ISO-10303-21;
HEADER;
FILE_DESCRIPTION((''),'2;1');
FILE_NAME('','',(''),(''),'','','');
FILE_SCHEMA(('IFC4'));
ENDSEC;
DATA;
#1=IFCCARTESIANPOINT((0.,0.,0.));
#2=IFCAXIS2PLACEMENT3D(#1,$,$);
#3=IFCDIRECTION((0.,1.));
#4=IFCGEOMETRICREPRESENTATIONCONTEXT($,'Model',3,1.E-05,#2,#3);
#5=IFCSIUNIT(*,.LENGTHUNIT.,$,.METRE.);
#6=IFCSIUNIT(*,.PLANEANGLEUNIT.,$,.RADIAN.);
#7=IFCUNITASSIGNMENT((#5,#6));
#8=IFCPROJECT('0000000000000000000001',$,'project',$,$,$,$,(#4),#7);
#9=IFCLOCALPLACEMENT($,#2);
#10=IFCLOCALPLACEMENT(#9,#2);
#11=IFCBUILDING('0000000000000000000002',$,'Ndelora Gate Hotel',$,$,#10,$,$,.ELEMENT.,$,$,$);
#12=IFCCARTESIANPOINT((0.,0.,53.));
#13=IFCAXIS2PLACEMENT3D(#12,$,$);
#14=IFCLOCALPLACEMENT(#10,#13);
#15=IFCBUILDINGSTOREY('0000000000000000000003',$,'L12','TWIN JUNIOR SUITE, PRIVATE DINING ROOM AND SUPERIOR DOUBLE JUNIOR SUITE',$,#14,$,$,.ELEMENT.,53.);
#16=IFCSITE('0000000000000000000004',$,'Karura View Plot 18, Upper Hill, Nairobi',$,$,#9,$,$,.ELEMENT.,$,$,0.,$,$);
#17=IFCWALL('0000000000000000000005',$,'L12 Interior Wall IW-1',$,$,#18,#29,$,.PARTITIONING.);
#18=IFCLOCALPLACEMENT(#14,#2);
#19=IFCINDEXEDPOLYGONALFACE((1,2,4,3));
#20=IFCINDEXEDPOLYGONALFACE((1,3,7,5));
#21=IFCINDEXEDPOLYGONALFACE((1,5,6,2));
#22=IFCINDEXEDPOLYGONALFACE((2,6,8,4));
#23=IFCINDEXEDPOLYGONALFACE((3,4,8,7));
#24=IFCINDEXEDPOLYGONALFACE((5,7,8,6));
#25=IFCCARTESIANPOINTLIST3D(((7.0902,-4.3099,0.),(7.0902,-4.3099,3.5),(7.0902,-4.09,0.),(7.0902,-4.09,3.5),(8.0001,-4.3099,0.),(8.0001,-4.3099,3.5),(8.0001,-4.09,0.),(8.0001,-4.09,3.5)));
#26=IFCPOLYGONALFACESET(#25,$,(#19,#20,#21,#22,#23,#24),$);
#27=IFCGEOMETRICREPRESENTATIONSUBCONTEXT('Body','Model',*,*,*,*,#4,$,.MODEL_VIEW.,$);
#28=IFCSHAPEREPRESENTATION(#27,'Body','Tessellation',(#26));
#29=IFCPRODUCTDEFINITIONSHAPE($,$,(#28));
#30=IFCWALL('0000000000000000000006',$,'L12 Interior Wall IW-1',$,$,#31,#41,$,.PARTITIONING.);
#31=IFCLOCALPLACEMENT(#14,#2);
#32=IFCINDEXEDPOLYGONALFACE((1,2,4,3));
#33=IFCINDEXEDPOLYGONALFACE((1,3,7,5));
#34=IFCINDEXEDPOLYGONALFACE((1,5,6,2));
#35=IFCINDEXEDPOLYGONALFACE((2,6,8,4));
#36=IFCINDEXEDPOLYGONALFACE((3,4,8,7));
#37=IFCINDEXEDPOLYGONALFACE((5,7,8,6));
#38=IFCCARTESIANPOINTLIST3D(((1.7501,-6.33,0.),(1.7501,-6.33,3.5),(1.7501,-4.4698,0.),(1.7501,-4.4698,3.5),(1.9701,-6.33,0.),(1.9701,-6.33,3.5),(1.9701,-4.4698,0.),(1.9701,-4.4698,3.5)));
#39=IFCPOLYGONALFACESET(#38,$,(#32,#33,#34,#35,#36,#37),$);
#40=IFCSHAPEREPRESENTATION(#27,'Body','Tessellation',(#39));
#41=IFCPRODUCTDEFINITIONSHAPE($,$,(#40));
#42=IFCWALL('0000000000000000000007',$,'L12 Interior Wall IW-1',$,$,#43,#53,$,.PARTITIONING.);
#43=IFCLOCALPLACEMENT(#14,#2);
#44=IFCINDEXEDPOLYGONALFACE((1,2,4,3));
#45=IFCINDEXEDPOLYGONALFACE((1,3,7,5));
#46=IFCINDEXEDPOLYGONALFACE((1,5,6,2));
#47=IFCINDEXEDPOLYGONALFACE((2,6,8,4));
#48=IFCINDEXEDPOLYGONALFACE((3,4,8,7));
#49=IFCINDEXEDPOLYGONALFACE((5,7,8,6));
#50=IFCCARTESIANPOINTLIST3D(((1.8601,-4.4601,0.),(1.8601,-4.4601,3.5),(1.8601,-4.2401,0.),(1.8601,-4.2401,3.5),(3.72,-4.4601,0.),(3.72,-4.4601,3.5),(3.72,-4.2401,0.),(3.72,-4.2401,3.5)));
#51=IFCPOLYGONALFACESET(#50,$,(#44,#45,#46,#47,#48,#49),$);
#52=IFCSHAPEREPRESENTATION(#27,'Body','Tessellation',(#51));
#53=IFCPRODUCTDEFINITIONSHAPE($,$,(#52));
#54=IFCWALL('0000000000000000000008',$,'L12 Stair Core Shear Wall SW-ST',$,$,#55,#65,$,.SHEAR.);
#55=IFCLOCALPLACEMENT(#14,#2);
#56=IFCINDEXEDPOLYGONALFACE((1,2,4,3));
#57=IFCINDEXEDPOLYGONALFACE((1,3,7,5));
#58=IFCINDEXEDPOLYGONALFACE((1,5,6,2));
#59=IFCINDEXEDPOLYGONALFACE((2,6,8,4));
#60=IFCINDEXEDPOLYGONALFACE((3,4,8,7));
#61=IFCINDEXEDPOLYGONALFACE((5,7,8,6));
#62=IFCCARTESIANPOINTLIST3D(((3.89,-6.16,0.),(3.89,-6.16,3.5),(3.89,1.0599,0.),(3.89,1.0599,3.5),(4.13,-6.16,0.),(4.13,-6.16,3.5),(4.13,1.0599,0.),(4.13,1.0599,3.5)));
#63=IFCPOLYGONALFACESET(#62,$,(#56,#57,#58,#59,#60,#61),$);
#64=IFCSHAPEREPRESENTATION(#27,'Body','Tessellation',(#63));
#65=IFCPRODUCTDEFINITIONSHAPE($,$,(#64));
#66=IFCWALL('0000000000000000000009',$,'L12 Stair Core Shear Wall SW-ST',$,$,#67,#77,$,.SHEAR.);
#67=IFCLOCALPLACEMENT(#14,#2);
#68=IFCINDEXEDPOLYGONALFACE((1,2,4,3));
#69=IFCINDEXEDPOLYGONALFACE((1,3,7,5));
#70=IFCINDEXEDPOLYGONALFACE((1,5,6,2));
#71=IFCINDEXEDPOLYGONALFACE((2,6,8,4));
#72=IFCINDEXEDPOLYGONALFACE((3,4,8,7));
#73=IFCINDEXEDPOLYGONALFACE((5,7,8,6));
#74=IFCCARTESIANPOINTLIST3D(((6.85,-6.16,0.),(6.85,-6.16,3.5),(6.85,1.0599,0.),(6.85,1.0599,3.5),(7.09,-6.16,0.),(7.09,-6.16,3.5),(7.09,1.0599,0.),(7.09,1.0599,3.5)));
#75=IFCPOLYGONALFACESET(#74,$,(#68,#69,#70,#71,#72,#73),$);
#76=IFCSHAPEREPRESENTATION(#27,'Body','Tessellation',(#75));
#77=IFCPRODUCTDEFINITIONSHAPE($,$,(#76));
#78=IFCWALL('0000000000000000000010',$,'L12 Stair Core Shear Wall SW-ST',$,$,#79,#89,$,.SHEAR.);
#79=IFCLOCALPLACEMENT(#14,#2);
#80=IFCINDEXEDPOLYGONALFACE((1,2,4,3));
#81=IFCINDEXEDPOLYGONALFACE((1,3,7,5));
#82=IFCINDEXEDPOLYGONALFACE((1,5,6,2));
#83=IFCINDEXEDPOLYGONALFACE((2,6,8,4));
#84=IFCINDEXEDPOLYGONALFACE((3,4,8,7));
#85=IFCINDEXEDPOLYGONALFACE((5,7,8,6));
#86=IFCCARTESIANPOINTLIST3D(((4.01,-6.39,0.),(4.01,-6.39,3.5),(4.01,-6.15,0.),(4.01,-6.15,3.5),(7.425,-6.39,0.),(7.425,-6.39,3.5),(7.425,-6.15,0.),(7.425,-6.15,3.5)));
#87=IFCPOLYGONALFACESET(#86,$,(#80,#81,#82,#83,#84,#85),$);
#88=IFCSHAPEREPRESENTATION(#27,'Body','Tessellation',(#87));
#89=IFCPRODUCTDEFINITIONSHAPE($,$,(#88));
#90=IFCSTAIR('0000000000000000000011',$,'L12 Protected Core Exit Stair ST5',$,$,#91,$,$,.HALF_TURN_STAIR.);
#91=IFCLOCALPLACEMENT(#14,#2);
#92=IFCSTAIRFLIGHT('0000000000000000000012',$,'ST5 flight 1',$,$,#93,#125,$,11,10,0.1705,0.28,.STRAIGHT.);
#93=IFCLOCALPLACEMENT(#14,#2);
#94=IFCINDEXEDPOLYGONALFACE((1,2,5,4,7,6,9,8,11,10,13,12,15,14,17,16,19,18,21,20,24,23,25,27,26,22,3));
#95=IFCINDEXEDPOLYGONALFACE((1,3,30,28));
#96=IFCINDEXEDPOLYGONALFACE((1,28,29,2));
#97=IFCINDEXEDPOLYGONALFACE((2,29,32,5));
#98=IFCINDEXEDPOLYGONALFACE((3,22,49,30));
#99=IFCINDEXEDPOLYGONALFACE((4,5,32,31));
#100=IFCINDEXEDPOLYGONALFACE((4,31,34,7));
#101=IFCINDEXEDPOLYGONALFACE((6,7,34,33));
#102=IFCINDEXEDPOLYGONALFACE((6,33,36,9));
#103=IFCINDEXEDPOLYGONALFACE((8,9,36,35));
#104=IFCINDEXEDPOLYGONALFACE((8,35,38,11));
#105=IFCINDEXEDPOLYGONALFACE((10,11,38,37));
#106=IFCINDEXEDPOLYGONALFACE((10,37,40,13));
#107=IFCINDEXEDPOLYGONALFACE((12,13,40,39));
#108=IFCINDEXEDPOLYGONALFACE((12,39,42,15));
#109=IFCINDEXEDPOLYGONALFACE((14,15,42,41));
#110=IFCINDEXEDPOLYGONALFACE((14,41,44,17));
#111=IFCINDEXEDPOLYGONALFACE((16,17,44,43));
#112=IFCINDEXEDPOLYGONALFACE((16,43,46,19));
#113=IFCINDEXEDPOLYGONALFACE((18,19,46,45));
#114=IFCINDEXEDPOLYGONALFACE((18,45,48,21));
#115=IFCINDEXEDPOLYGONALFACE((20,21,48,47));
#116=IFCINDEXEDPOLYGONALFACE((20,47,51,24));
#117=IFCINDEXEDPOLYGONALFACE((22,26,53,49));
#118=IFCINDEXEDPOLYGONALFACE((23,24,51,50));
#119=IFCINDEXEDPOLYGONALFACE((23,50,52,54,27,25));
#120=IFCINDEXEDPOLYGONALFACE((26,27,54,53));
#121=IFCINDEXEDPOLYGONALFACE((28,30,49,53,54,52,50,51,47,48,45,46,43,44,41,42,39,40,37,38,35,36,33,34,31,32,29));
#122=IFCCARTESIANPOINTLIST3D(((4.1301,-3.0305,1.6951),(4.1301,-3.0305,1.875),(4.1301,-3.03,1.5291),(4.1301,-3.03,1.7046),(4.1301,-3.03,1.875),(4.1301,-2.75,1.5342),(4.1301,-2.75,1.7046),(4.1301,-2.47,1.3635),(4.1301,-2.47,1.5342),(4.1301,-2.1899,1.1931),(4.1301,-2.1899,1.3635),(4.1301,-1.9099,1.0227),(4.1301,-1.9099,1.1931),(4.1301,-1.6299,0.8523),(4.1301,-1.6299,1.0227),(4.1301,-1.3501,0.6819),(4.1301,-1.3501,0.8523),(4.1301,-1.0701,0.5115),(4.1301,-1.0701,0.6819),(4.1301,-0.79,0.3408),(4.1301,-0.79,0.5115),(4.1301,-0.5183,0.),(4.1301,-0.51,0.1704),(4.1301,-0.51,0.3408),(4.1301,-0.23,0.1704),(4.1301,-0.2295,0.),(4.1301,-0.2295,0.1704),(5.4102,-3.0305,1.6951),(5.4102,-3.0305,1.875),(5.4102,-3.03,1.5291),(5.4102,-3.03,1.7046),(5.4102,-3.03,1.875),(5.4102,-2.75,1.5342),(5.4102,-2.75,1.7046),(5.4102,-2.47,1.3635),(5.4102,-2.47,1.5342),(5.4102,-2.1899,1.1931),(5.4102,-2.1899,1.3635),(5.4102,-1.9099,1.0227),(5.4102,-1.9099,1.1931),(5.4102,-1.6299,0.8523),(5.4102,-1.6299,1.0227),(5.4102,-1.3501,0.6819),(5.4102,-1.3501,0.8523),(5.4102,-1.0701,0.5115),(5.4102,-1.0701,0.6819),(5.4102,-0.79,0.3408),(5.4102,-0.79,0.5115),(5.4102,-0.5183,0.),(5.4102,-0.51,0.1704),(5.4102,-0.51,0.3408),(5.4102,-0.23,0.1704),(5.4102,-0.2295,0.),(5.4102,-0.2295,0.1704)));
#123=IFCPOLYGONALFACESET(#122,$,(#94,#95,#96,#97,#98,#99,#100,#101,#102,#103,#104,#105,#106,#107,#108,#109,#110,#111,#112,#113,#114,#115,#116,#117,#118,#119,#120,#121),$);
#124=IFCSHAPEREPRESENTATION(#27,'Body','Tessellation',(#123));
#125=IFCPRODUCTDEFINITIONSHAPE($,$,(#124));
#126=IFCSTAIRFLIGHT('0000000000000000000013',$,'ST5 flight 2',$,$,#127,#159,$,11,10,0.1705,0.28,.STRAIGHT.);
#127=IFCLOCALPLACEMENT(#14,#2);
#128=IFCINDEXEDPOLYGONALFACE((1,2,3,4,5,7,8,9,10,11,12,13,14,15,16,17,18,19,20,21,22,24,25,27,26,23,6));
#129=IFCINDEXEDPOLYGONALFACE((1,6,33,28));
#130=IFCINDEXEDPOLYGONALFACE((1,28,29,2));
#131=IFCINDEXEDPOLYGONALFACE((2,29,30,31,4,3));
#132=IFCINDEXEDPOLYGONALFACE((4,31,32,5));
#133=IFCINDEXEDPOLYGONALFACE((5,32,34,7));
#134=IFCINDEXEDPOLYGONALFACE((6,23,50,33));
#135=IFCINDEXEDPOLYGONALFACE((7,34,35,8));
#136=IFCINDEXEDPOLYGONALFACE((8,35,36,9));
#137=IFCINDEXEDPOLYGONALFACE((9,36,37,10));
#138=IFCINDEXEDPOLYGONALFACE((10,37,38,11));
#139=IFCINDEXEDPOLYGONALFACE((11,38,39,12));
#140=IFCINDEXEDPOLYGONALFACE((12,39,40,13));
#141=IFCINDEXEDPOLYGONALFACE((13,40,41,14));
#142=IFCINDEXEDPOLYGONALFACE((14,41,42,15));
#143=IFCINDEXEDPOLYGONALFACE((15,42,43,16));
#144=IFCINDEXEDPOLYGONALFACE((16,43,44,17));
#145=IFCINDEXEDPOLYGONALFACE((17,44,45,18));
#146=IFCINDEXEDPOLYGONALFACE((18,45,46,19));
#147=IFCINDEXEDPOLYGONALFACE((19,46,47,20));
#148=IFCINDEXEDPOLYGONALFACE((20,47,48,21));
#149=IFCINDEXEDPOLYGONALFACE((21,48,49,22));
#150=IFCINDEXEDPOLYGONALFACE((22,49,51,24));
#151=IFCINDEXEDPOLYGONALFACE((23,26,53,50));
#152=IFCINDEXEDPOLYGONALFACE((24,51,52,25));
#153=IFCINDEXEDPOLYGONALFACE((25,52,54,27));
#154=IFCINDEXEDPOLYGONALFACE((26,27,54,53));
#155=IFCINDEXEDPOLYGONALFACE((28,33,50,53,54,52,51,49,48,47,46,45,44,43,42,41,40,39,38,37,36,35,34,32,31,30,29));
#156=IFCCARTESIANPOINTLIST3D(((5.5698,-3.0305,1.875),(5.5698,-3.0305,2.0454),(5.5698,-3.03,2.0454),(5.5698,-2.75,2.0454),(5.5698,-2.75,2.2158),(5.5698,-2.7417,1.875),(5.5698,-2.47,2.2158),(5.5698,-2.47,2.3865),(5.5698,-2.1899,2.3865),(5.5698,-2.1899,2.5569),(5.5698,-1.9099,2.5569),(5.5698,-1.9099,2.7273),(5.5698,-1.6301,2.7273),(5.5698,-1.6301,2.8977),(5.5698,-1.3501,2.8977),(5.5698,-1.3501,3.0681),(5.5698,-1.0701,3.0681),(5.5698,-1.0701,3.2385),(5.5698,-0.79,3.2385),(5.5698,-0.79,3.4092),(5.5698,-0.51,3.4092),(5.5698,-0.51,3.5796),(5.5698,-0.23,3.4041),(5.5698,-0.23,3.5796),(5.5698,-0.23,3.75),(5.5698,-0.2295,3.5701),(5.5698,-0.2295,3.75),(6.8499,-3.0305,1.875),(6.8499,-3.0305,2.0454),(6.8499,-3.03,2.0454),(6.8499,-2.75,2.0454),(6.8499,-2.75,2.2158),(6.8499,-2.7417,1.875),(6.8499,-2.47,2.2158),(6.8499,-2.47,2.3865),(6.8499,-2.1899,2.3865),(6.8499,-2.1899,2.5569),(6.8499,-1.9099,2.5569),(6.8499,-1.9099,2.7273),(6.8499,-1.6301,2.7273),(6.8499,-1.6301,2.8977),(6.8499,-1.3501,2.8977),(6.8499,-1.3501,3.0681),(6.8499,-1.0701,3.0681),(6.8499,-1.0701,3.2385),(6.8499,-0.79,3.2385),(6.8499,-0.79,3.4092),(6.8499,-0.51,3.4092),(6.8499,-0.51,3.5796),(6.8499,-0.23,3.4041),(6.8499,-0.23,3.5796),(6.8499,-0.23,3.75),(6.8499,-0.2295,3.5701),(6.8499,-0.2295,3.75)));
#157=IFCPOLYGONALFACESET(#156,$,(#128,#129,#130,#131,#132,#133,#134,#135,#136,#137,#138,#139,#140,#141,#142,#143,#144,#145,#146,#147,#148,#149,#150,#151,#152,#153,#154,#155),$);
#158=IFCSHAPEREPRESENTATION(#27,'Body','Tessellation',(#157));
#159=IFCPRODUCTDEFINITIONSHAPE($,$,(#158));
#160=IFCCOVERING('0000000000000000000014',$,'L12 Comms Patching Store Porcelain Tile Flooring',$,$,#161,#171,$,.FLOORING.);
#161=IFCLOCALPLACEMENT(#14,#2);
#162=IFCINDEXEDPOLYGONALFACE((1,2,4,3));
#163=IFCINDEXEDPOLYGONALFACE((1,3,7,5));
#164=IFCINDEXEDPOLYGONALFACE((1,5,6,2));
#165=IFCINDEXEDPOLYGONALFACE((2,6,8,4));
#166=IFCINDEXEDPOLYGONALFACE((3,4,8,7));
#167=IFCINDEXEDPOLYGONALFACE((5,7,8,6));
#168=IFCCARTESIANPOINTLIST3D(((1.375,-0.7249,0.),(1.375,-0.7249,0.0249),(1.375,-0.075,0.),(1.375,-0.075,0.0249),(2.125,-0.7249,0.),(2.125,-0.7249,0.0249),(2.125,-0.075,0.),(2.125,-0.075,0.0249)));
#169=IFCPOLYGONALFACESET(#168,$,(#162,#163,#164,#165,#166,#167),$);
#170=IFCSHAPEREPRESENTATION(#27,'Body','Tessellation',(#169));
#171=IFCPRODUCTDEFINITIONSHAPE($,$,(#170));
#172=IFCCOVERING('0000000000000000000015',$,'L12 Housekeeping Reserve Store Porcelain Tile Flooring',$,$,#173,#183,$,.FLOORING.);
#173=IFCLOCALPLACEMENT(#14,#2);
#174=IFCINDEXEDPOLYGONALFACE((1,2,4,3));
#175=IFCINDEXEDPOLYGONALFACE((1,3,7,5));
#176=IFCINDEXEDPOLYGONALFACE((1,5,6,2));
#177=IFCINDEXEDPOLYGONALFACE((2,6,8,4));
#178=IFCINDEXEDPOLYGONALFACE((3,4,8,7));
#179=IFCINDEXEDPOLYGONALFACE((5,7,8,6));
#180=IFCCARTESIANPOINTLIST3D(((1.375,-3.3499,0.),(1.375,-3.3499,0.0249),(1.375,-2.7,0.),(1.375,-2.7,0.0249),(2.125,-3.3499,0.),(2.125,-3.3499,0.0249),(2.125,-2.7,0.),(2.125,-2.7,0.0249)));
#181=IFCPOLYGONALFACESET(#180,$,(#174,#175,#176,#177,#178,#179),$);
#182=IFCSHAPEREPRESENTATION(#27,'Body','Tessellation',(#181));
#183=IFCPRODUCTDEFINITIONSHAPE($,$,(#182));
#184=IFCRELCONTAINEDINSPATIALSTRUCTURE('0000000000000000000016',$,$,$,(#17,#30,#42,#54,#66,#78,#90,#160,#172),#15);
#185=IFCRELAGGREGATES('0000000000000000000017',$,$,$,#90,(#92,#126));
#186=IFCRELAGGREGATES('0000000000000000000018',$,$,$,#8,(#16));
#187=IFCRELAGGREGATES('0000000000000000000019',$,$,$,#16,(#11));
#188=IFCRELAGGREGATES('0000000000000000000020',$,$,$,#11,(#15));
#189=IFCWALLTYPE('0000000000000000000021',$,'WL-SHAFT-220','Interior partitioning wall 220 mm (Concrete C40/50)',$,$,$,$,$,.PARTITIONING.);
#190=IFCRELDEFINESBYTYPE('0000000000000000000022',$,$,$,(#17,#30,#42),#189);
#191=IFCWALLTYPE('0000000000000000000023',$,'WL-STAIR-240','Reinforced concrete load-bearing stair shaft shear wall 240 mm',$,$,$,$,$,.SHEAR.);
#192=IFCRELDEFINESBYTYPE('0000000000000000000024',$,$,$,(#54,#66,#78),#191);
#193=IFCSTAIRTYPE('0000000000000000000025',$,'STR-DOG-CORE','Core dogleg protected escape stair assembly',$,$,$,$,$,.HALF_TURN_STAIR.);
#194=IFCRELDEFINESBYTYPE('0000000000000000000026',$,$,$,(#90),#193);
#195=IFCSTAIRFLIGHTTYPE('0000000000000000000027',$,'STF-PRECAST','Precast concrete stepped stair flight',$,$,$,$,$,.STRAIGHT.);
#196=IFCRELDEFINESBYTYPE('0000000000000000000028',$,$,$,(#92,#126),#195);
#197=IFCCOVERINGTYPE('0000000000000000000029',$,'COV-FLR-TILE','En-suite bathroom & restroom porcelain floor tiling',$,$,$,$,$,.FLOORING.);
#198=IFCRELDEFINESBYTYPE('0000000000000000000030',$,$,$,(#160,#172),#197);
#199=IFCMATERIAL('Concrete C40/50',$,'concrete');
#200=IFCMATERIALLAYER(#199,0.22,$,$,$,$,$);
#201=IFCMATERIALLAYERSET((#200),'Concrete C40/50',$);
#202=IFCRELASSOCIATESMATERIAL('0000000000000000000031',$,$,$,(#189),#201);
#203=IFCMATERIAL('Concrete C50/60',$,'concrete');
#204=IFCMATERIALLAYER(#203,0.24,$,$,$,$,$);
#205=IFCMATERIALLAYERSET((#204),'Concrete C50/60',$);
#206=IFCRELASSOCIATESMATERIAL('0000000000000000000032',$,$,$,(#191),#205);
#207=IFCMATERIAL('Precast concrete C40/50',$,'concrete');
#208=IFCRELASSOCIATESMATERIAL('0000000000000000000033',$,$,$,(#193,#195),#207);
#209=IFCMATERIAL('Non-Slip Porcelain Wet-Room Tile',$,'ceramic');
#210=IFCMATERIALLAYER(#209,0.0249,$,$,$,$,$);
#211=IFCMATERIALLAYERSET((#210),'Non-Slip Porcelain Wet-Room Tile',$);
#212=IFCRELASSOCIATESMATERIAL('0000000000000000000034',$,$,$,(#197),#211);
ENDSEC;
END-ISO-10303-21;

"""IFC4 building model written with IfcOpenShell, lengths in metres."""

from ifc_helpers import new_model, si_unit, direction, frame, frame_2d, origin, origin_2d, place, context, subcontext, project, spatial, polyline, rectangle, outline, extrude, material, layer, layer_set, type_object, element, aggregate, save


model = new_model("IFC4")

# Units and contexts
model_context = context("Model", 3, precision=1e-05, world=origin(), true_north=direction((0.0, 1.0)))
body_context = subcontext(model_context, "Body", "Model", "MODEL_VIEW")
ifc_project = project(units=[si_unit("LENGTHUNIT", "METRE"), si_unit("PLANEANGLEUNIT", "RADIAN")], contexts=[model_context])

# Site, building, storey
site_placement = place(None, origin())
site = spatial("IfcSite", under=ifc_project, at=site_placement, Name="Karura View Plot 18, Upper Hill, Nairobi", CompositionType="ELEMENT", RefElevation=0.0)
building_placement = place(site_placement, origin())
building = spatial("IfcBuilding", under=site, at=building_placement, Name="Ndelora Gate Hotel", CompositionType="ELEMENT")
storey_placement = place(building_placement, frame((0.0, 0.0, 53.0)))
storey = spatial("IfcBuildingStorey", under=building, at=storey_placement, Name="L12", Description="TWIN JUNIOR SUITE, PRIVATE DINING ROOM AND SUPERIOR DOUBLE JUNIOR SUITE", CompositionType="ELEMENT", Elevation=53.0)

# Walls
ifc_material_1 = material(Name="Concrete C40/50", Category="concrete")
ifc_layer_1 = layer(ifc_material_1, 0.22)
ifc_layer_set_1 = layer_set([ifc_layer_1], Name="Concrete C40/50")
wall_type_1 = type_object("IfcWallType", Name="WL-SHAFT-220", Description="Interior partitioning wall 220 mm (Concrete C40/50)", PredefinedType="PARTITIONING", material=ifc_layer_set_1)
wall_1_placement = place(storey_placement, frame((7.0901, -4.2, 0.0), z_axis=(0.0, 0.0, 1.0), x_axis=(1.0, 0.0, 0.0)))
element("IfcWall", 1, at=wall_1_placement, inside=storey, type_object=wall_type_1, Name="L12 Interior Wall IW-1", PredefinedType="PARTITIONING", context=body_context, shape_type="SweptSolid", body=[
    extrude(rectangle(XDim=0.9099, YDim=0.22, at=frame_2d((0.4551, 0.0))), origin(), (0.0, 0.0, 1.0), 3.5),
])
wall_2_placement = place(storey_placement, frame((1.8601, -6.3301, 0.0), z_axis=(0.0, 0.0, 1.0), x_axis=(0.0, 1.0, 0.0)))
element("IfcWall", 2, at=wall_2_placement, inside=storey, type_object=wall_type_1, Name="L12 Interior Wall IW-1", PredefinedType="PARTITIONING", context=body_context, shape_type="SweptSolid", body=[
    extrude(rectangle(XDim=1.8601, YDim=0.22, at=frame_2d((0.9302, 0.0))), origin(), (0.0, 0.0, 1.0), 3.5),
])
wall_3_placement = place(storey_placement, frame((1.8601, -4.3501, 0.0), z_axis=(0.0, 0.0, 1.0), x_axis=(1.0, 0.0, 0.0)))
element("IfcWall", 3, at=wall_3_placement, inside=storey, type_object=wall_type_1, Name="L12 Interior Wall IW-1", PredefinedType="PARTITIONING", context=body_context, shape_type="SweptSolid", body=[
    extrude(rectangle(XDim=1.8599, YDim=0.22, at=frame_2d((0.9299, 0.0))), origin(), (0.0, 0.0, 1.0), 3.5),
])
ifc_material_2 = material(Name="Concrete C50/60", Category="concrete")
ifc_layer_2 = layer(ifc_material_2, 0.24)
ifc_layer_set_2 = layer_set([ifc_layer_2], Name="Concrete C50/60")
wall_type_2 = type_object("IfcWallType", Name="WL-STAIR-240", Description="Reinforced concrete load-bearing stair shaft shear wall 240 mm", PredefinedType="SHEAR", material=ifc_layer_set_2)
for number, where, z_axis, x_axis, name in (
    (4, (4.01, -6.1599, 0.0), (0.0, 0.0, 1.0), (0.0, 1.0, 0.0), "L12 Stair Core Shear Wall SW-ST"),
    (5, (6.97, -6.1599, 0.0), (0.0, 0.0, 1.0), (0.0, 1.0, 0.0), "L12 Stair Core Shear Wall SW-ST"),
):
    element("IfcWall", number, at=place(storey_placement, frame(where, z_axis=z_axis, x_axis=x_axis)), inside=storey, type_object=wall_type_2, Name=name, PredefinedType="SHEAR", context=body_context, shape_type="SweptSolid", body=[
        extrude(rectangle(XDim=7.22, YDim=0.24, at=frame_2d((3.6099, 0.0))), origin(), (0.0, 0.0, 1.0), 3.5),
    ])
wall_4_placement = place(storey_placement, frame((4.01, -6.27, 0.0), z_axis=(0.0, 0.0, 1.0), x_axis=(1.0, 0.0, 0.0)))
element("IfcWall", 6, at=wall_4_placement, inside=storey, type_object=wall_type_2, Name="L12 Stair Core Shear Wall SW-ST", PredefinedType="SHEAR", context=body_context, shape_type="SweptSolid", body=[
    extrude(rectangle(XDim=3.415, YDim=0.24, at=frame_2d((1.7075, 0.0))), origin(), (0.0, 0.0, 1.0), 3.5),
])

# Stair, stair flights
ifc_material_3 = material(Name="Precast concrete C40/50", Category="concrete")
stair_type = type_object("IfcStairType", Name="STR-DOG-CORE", Description="Core dogleg protected escape stair assembly", PredefinedType="HALF_TURN_STAIR", material=ifc_material_3)
stair_placement = place(storey_placement, origin())
stair = element("IfcStair", 7, at=stair_placement, inside=storey, type_object=stair_type, Name="L12 Protected Core Exit Stair ST5", PredefinedType="HALF_TURN_STAIR")
stair_flight_type = type_object("IfcStairFlightType", Name="STF-PRECAST", Description="Precast concrete stepped stair flight", PredefinedType="STRAIGHT", material=ifc_material_3)
stair_flight_1_placement = place(storey_placement, frame((4.77, -0.23, 0.0), z_axis=(0.0, 0.0, 1.0), x_axis=(0.0, -1.0, 0.0)))
stair_flight_1 = element("IfcStairFlight", 8, at=stair_flight_1_placement, type_object=stair_flight_type, Name="ST5 flight 1", NumberOfRisers=11, NumberOfTreads=10, PredefinedType="STRAIGHT", RiserHeight=0.1705, TreadLength=0.28, context=body_context, shape_type="SweptSolid", body=[
    extrude(outline(polyline([(-0.0005, 0.0), (-0.0005, 0.1704), (0.0, 0.1704), (0.28, 0.1704), (0.28, 0.3408), (0.5601, 0.3408), (0.5601, 0.5115), (0.8401, 0.5115), (0.8401, 0.6819), (1.1201, 0.6819), (1.1201, 0.8523), (1.3999, 0.8523), (1.3999, 1.0227), (1.6799, 1.0227), (1.6799, 1.1931), (1.96, 1.1931), (1.96, 1.3635), (2.24, 1.3635), (2.24, 1.5342), (2.52, 1.5342), (2.52, 1.7046), (2.8, 1.7046), (2.8, 1.875), (2.8005, 1.875), (2.8005, 1.6951), (2.8, 1.5291), (0.2883, 0.0), (-0.0005, 0.0)])), frame((0.0, 0.6401, 0.0), z_axis=(0.0, -1.0, 0.0), x_axis=(1.0, 0.0, 0.0)), (0.0, 0.0, 1.0), 1.28),
])
stair_flight_2_placement = place(storey_placement, frame((6.21, -3.03, 1.875), z_axis=(0.0, 0.0, 1.0), x_axis=(0.0, 1.0, 0.0)))
stair_flight_2 = element("IfcStairFlight", 9, at=stair_flight_2_placement, type_object=stair_flight_type, Name="ST5 flight 2", NumberOfRisers=11, NumberOfTreads=10, PredefinedType="STRAIGHT", RiserHeight=0.1705, TreadLength=0.28, context=body_context, shape_type="SweptSolid", body=[
    extrude(outline(polyline([(-0.0005, 0.0), (-0.0005, 0.1704), (0.0, 0.1704), (0.28, 0.1704), (0.28, 0.3408), (0.5601, 0.3408), (0.5601, 0.5115), (0.8401, 0.5115), (0.8401, 0.6819), (1.1201, 0.6819), (1.1201, 0.8523), (1.3999, 0.8523), (1.3999, 1.0227), (1.6799, 1.0227), (1.6799, 1.1931), (1.96, 1.1931), (1.96, 1.3635), (2.24, 1.3635), (2.24, 1.5342), (2.52, 1.5342), (2.52, 1.7046), (2.8, 1.7046), (2.8, 1.875), (2.8005, 1.875), (2.8005, 1.6951), (2.8, 1.5291), (0.2883, 0.0), (-0.0005, 0.0)])), frame((0.0, 0.6401, 0.0), z_axis=(0.0, -1.0, 0.0), x_axis=(1.0, 0.0, 0.0)), (0.0, 0.0, 1.0), 1.28),
])
aggregate(stair, [stair_flight_1, stair_flight_2])

# Coverings
ifc_material_4 = material(Name="Non-Slip Porcelain Wet-Room Tile", Category="ceramic")
ifc_layer_3 = layer(ifc_material_4, 0.0249)
ifc_layer_set_3 = layer_set([ifc_layer_3], Name="Non-Slip Porcelain Wet-Room Tile")
covering_type = type_object("IfcCoveringType", Name="COV-FLR-TILE", Description="En-suite bathroom & restroom porcelain floor tiling", PredefinedType="FLOORING", material=ifc_layer_set_3)
for number, where, z_axis, x_axis, name in (
    (10, (1.75, -0.3999, 0.0), (0.0, 0.0, 1.0), (1.0, 0.0, 0.0), "L12 Comms Patching Store Porcelain Tile Flooring"),
    (11, (1.75, -3.0249, 0.0), (0.0, 0.0, 1.0), (1.0, 0.0, 0.0), "L12 Housekeeping Reserve Store Porcelain Tile Flooring"),
):
    element("IfcCovering", number, at=place(storey_placement, frame(where, z_axis=z_axis, x_axis=x_axis)), inside=storey, type_object=covering_type, Name=name, PredefinedType="FLOORING", context=body_context, shape_type="SweptSolid", body=[
        extrude(rectangle(XDim=0.75, YDim=0.6499, at=origin_2d()), origin(), (0.0, 0.0, 1.0), 0.0249),
    ])

save(model, "model.ifc")
